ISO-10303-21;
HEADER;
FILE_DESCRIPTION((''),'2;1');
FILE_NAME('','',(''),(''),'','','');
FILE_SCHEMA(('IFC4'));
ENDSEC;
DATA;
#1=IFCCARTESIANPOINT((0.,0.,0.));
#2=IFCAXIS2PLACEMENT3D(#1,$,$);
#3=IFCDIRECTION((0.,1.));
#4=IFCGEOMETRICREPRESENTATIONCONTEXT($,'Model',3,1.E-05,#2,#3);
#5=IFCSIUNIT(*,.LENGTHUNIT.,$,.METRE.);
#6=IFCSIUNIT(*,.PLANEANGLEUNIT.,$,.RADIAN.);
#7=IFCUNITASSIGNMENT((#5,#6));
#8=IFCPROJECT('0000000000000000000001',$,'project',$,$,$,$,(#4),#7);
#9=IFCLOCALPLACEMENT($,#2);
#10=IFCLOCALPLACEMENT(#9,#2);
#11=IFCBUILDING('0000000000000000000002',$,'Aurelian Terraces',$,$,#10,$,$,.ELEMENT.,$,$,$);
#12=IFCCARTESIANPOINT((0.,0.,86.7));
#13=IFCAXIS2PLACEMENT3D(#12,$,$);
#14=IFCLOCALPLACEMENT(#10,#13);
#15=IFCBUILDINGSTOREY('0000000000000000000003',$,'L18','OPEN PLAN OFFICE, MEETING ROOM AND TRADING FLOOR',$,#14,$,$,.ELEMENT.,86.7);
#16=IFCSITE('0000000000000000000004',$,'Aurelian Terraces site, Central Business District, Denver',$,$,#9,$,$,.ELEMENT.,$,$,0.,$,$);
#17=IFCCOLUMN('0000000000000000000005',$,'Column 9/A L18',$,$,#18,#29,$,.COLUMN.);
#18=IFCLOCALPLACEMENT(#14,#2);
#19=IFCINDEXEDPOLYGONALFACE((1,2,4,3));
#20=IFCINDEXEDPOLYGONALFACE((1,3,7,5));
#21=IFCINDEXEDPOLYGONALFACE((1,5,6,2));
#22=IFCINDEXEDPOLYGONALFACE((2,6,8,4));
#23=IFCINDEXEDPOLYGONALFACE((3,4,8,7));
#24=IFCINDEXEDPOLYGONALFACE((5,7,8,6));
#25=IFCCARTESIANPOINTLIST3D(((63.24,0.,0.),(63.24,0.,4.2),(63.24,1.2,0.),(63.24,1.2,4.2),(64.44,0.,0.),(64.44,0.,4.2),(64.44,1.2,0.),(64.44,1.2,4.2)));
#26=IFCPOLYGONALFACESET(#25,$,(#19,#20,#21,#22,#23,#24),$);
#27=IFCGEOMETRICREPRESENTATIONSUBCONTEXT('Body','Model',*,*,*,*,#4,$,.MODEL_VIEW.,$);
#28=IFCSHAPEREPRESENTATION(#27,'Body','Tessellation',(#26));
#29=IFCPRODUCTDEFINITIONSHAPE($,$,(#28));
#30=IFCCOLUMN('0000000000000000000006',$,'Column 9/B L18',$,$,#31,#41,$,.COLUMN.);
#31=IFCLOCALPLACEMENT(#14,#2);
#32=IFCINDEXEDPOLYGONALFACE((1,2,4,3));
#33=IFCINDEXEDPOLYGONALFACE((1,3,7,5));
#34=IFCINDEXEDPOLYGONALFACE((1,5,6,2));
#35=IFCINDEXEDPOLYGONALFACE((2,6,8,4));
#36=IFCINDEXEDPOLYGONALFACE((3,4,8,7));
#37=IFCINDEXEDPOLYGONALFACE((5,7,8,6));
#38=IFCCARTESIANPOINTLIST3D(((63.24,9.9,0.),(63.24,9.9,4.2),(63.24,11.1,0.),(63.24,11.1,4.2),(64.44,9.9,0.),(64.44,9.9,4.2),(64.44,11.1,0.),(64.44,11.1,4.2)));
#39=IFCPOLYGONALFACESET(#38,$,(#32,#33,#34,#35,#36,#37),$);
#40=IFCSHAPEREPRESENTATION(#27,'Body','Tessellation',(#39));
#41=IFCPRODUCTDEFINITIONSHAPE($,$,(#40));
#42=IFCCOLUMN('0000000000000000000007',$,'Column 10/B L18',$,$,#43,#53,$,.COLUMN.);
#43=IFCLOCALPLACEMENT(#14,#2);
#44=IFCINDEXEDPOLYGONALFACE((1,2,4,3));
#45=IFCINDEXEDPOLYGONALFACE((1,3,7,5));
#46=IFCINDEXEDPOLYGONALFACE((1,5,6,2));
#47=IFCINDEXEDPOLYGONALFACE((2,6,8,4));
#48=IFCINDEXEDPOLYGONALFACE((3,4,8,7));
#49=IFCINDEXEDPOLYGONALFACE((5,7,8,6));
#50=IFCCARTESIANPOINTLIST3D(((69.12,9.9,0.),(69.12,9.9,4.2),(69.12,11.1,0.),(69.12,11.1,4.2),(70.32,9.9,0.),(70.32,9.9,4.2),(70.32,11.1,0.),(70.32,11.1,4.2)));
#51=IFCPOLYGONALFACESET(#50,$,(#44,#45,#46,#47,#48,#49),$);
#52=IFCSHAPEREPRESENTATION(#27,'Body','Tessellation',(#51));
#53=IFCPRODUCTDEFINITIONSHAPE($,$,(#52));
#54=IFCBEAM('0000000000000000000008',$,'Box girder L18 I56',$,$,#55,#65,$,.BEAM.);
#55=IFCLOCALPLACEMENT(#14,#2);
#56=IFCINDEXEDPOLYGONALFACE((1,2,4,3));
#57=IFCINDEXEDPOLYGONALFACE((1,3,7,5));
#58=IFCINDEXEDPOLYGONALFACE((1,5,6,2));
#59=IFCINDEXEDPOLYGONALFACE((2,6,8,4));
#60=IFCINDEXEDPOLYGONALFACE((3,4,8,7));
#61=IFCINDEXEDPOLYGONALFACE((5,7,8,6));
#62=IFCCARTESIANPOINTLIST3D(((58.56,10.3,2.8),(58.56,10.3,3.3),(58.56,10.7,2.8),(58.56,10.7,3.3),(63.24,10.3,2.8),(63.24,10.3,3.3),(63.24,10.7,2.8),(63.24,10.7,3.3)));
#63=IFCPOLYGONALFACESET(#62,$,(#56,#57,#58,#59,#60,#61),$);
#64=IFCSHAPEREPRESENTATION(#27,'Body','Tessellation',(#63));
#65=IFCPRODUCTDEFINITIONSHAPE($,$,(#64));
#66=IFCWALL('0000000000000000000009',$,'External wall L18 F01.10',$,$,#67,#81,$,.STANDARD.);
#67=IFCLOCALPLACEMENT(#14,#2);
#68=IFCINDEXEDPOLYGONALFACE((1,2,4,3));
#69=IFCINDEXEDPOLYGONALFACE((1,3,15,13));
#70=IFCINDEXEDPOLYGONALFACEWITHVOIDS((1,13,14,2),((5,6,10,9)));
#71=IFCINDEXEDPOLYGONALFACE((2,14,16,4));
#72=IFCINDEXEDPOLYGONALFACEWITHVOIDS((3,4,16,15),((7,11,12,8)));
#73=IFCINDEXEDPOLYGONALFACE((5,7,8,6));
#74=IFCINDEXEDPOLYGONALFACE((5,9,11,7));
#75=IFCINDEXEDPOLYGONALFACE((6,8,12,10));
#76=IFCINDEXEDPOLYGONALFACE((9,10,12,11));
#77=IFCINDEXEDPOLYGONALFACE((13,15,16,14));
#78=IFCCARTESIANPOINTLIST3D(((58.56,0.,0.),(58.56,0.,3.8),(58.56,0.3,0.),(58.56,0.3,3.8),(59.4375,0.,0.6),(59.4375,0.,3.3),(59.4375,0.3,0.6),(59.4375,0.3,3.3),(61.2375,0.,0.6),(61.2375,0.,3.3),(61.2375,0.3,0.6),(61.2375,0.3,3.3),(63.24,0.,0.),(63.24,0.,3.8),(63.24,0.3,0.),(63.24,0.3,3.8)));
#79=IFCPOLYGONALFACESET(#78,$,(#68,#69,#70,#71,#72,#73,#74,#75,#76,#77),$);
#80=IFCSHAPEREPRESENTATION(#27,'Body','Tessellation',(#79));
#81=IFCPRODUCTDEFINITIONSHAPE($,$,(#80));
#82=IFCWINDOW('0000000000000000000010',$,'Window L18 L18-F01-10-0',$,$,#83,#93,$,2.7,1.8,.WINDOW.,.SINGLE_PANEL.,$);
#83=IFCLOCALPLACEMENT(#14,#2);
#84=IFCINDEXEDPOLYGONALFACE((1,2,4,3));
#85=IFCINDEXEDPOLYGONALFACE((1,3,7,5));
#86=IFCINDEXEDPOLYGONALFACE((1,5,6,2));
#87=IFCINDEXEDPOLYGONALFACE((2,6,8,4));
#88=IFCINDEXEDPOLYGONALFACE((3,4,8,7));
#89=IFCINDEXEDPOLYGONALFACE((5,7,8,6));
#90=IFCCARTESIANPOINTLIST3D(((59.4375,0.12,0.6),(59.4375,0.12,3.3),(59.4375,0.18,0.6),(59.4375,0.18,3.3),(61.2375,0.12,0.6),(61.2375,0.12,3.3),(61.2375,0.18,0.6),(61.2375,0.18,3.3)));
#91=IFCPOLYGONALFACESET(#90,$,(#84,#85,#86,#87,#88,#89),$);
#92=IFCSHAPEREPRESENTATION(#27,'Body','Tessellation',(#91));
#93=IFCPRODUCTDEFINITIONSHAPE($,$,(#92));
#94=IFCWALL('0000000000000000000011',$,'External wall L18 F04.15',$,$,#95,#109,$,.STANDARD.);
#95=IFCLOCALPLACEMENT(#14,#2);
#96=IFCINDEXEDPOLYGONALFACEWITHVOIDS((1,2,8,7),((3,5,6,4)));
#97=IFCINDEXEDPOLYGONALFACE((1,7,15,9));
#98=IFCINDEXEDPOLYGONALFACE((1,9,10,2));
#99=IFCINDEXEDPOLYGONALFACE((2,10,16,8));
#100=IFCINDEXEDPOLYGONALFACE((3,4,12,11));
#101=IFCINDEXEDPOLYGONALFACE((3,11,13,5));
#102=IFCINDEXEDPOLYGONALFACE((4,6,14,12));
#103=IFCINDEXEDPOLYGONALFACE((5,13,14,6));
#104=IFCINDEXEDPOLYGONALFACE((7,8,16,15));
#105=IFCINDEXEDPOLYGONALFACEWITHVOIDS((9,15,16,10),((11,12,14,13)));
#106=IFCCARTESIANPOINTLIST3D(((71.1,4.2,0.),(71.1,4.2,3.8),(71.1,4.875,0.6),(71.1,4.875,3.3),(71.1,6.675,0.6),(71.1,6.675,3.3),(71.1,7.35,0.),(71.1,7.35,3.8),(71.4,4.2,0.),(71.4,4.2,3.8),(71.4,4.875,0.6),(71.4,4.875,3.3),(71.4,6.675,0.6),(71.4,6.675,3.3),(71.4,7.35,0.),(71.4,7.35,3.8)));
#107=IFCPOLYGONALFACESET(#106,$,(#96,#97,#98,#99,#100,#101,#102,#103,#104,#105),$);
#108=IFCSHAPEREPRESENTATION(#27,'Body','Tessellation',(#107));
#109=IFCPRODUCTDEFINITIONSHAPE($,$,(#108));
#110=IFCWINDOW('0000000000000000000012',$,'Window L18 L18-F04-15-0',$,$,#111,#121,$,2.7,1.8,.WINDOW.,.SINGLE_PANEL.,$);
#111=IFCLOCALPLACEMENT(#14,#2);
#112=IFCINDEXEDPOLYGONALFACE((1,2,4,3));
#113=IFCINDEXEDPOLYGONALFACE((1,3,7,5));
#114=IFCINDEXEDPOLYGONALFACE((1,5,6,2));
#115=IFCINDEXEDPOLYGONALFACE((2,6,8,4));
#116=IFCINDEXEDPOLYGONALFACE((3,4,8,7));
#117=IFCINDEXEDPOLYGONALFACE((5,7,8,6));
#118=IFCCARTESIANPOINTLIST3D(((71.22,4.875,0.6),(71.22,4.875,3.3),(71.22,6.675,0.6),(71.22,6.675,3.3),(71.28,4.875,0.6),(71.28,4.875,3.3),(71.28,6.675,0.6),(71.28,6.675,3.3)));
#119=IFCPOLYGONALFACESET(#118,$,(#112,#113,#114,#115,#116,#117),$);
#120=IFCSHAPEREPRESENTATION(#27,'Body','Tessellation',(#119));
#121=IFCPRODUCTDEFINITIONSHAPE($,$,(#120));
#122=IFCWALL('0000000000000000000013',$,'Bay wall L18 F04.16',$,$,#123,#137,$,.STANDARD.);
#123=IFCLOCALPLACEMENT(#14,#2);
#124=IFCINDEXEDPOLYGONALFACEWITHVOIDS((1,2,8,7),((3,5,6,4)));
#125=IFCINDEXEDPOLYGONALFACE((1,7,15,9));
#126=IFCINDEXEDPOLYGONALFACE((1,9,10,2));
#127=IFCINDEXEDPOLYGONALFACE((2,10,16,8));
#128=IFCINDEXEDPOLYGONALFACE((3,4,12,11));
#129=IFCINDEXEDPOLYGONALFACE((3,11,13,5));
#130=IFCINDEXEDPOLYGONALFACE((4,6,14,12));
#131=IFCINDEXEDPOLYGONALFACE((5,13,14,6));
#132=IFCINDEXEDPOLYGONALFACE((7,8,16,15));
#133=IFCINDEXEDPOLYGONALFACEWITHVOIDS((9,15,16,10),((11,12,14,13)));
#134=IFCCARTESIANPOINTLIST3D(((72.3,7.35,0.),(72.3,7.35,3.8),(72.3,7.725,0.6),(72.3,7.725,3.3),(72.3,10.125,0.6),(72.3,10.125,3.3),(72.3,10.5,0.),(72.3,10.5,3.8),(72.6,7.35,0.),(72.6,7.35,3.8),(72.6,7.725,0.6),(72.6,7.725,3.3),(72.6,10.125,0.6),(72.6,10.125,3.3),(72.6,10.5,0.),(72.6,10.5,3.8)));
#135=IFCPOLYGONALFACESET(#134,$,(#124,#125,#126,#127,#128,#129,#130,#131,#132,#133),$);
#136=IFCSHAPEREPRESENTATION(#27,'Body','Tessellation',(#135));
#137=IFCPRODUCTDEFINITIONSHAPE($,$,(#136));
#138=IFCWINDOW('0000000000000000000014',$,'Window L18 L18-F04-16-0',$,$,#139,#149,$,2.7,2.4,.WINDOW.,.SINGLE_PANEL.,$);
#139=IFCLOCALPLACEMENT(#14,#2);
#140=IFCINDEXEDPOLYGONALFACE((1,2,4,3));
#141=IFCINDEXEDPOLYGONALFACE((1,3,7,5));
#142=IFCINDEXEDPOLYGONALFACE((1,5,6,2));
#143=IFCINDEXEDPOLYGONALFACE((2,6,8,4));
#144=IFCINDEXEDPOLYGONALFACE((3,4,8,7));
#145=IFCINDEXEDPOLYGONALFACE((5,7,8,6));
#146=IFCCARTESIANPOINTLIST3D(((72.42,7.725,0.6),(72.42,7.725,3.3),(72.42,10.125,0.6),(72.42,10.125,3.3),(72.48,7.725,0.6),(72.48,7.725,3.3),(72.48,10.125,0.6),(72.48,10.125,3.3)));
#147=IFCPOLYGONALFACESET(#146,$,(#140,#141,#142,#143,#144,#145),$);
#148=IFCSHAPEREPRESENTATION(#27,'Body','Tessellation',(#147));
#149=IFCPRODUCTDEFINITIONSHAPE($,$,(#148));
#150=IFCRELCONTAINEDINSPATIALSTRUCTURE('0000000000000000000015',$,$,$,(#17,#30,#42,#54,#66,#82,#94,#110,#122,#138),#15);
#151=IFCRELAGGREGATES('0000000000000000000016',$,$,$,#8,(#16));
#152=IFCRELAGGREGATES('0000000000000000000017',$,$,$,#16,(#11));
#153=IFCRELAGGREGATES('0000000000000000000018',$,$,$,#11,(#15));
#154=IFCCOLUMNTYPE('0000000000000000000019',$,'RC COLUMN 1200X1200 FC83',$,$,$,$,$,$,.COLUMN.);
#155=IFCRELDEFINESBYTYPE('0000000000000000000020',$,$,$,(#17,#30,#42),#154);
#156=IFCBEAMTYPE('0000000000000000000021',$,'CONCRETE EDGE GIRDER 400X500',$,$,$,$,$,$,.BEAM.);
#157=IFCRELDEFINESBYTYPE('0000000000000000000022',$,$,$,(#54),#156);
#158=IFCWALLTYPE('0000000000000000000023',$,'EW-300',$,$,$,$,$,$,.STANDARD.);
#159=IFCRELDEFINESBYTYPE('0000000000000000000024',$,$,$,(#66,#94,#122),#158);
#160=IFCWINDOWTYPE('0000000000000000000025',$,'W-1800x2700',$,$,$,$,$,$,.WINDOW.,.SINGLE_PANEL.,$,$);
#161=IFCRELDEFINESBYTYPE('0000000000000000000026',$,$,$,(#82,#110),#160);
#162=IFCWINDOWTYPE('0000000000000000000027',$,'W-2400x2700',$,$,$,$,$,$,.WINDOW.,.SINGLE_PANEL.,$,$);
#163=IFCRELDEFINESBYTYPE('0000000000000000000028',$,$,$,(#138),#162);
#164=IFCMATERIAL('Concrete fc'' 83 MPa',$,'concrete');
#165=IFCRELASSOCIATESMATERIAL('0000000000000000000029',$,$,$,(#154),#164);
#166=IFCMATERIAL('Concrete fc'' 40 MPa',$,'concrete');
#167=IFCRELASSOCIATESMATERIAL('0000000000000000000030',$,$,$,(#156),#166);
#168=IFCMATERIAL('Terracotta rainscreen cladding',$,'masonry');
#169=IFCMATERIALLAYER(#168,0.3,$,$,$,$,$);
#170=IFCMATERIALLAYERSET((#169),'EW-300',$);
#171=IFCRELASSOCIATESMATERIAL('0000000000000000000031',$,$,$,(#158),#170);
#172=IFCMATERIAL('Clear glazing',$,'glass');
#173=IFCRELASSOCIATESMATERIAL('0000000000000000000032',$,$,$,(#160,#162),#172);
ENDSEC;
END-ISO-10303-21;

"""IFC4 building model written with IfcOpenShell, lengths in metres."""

from ifc_helpers import new_model, si_unit, direction, frame, frame_2d, origin, origin_2d, place, context, subcontext, project, spatial, rectangle, extrude, source, transform, mapped, material, layer, layer_set, material_profile, profile_set, type_object, element, fill, save


model = new_model("IFC4")

# Units and contexts
model_context = context("Model", 3, precision=1e-05, world=origin(), true_north=direction((0.0, 1.0)))
body_context = subcontext(model_context, "Body", "Model", "MODEL_VIEW")
ifc_project = project(units=[si_unit("LENGTHUNIT", "METRE"), si_unit("PLANEANGLEUNIT", "RADIAN")], contexts=[model_context])

# Site, building, storey
site_placement = place(None, origin())
site = spatial("IfcSite", under=ifc_project, at=site_placement, Name="Aurelian Terraces site, Central Business District, Denver", CompositionType="ELEMENT", RefElevation=0.0)
building_placement = place(site_placement, origin())
building = spatial("IfcBuilding", under=site, at=building_placement, Name="Aurelian Terraces", CompositionType="ELEMENT")
storey_placement = place(building_placement, frame((0.0, 0.0, 86.7)))
storey = spatial("IfcBuildingStorey", under=building, at=storey_placement, Name="L18", Description="OPEN PLAN OFFICE, MEETING ROOM AND TRADING FLOOR", CompositionType="ELEMENT", Elevation=86.7)

# Columns
ifc_material_1 = material(Name="Concrete fc' 83 MPa", Category="concrete")
ifc_material_profile_1 = material_profile(ifc_material_1, rectangle(XDim=1.2, YDim=1.2, at=origin_2d()))
ifc_profile_set_1 = profile_set([ifc_material_profile_1], Name="Concrete fc' 83 MPa")
column_type = type_object("IfcColumnType", Name="RC COLUMN 1200X1200 FC83", PredefinedType="COLUMN", material=ifc_profile_set_1)
shared_shape_1 = source(origin(), body_context, "Body", "SweptSolid", [
    extrude(rectangle(XDim=1.2, YDim=1.2, at=origin_2d()), origin(), (0.0, 0.0, 1.0), 4.2),
])
for number, where, z_axis, x_axis, name in (
    (1, (63.84, 0.6, 0.0), (0.0, 0.0, 1.0), (1.0, 0.0, 0.0), "Column 9/A L18"),
    (2, (63.84, 10.5, 0.0), (0.0, 0.0, 1.0), (1.0, 0.0, 0.0), "Column 9/B L18"),
    (3, (69.72, 10.5, 0.0), (0.0, 0.0, 1.0), (1.0, 0.0, 0.0), "Column 10/B L18"),
):
    element("IfcColumn", number, at=place(storey_placement, frame(where, z_axis=z_axis, x_axis=x_axis)), inside=storey, type_object=column_type, Name=name, PredefinedType="COLUMN", context=body_context, shape_type="MappedRepresentation", body=[
        mapped(shared_shape_1, transform((0.0, 0.0, 0.0), scale=1.0)),
    ])

# Beam
ifc_material_2 = material(Name="Concrete fc' 40 MPa", Category="concrete")
ifc_material_profile_2 = material_profile(ifc_material_2, rectangle(XDim=0.4, YDim=0.5, at=origin_2d()))
ifc_profile_set_2 = profile_set([ifc_material_profile_2], Name="Concrete fc' 40 MPa")
beam_type = type_object("IfcBeamType", Name="CONCRETE EDGE GIRDER 400X500", PredefinedType="BEAM", material=ifc_profile_set_2)
shared_shape_2 = source(origin(), body_context, "Body", "SweptSolid", [
    extrude(rectangle(XDim=0.4, YDim=0.5, at=origin_2d()), origin(), (0.0, 0.0, 1.0), 4.68),
])
beam_placement = place(storey_placement, frame((58.56, 10.5, 3.05), z_axis=(1.0, 0.0, 0.0), x_axis=(0.0, 1.0, 0.0)))
element("IfcBeam", 4, at=beam_placement, inside=storey, type_object=beam_type, Name="Box girder L18 I56", PredefinedType="BEAM", context=body_context, shape_type="MappedRepresentation", body=[
    mapped(shared_shape_2, transform((0.0, 0.0, 0.0), scale=1.0)),
])

# Walls, openings, windows
ifc_material_3 = material(Name="Terracotta rainscreen cladding", Category="masonry")
ifc_layer_1 = layer(ifc_material_3, 0.3)
ifc_layer_set_1 = layer_set([ifc_layer_1], Name="EW-300")
wall_type_1 = type_object("IfcWallType", Name="EW-300", PredefinedType="STANDARD", material=ifc_layer_set_1)
shared_shape_3 = source(origin(), body_context, "Body", "SweptSolid", [
    extrude(rectangle(XDim=4.68, YDim=0.3, at=frame_2d((2.34, 0.0))), origin(), (0.0, 0.0, 1.0), 3.8),
])
wall_1_placement = place(storey_placement, frame((58.56, 0.15, 0.0), z_axis=(0.0, 0.0, 1.0), x_axis=(1.0, 0.0, 0.0)))
wall_1 = element("IfcWall", 5, at=wall_1_placement, inside=storey, type_object=wall_type_1, Name="External wall L18 F01.10", PredefinedType="STANDARD", context=body_context, shape_type="MappedRepresentation", body=[
    mapped(shared_shape_3, transform((0.0, 0.0, 0.0), scale=1.0)),
])
shared_shape_4 = source(origin(), body_context, "Body", "SweptSolid", [
    extrude(rectangle(XDim=1.8, YDim=2.7, at=frame_2d((0.9, 1.35))), frame((0.0, 0.16, 0.0), z_axis=(0.0, -1.0, 0.0), x_axis=(1.0, 0.0, 0.0)), (0.0, 0.0, 1.0), 0.32),
])
opening_1_placement = place(wall_1_placement, frame((0.8775, 0.0, 0.6)))
opening_1 = element("IfcOpeningElement", 6, at=opening_1_placement, cuts=wall_1, PredefinedType="OPENING", context=body_context, shape_type="MappedRepresentation", body=[
    mapped(shared_shape_4, transform((0.0, 0.0, 0.0), scale=1.0)),
])
ifc_material_4 = material(Name="Clear glazing", Category="glass")
window_type_1 = type_object("IfcWindowType", Name="W-1800x2700", PartitioningType="SINGLE_PANEL", PredefinedType="WINDOW", material=ifc_material_4)
shared_shape_5 = source(origin(), body_context, "Body", "SweptSolid", [
    extrude(rectangle(XDim=1.8, YDim=2.7, at=frame_2d((0.9, 1.35))), frame((0.0, 0.03, 0.0), z_axis=(0.0, -1.0, 0.0), x_axis=(1.0, 0.0, 0.0)), (0.0, 0.0, 1.0), 0.06),
])
window_1_placement = place(opening_1_placement, origin())
window_1 = element("IfcWindow", 7, at=window_1_placement, inside=storey, type_object=window_type_1, Name="Window L18 L18-F01-10-0", OverallHeight=2.7, OverallWidth=1.8, PartitioningType="SINGLE_PANEL", PredefinedType="WINDOW", context=body_context, shape_type="MappedRepresentation", body=[
    mapped(shared_shape_5, transform((0.0, 0.0, 0.0), scale=1.0)),
])
fill(opening_1, window_1)
shared_shape_6 = source(origin(), body_context, "Body", "SweptSolid", [
    extrude(rectangle(XDim=3.15, YDim=0.3, at=frame_2d((1.575, 0.0))), origin(), (0.0, 0.0, 1.0), 3.8),
])
wall_2_placement = place(storey_placement, frame((71.25, 4.2, 0.0), z_axis=(0.0, 0.0, 1.0), x_axis=(0.0, 1.0, 0.0)))
wall_2 = element("IfcWall", 8, at=wall_2_placement, inside=storey, type_object=wall_type_1, Name="External wall L18 F04.15", PredefinedType="STANDARD", context=body_context, shape_type="MappedRepresentation", body=[
    mapped(shared_shape_6, transform((0.0, 0.0, 0.0), scale=1.0)),
])
opening_2_placement = place(wall_2_placement, frame((0.675, 0.0, 0.6)))
opening_2 = element("IfcOpeningElement", 9, at=opening_2_placement, cuts=wall_2, PredefinedType="OPENING", context=body_context, shape_type="MappedRepresentation", body=[
    mapped(shared_shape_4, transform((0.0, 0.0, 0.0), scale=1.0)),
])
window_2_placement = place(opening_2_placement, origin())
window_2 = element("IfcWindow", 10, at=window_2_placement, inside=storey, type_object=window_type_1, Name="Window L18 L18-F04-15-0", OverallHeight=2.7, OverallWidth=1.8, PartitioningType="SINGLE_PANEL", PredefinedType="WINDOW", context=body_context, shape_type="MappedRepresentation", body=[
    mapped(shared_shape_5, transform((0.0, 0.0, 0.0), scale=1.0)),
])
fill(opening_2, window_2)
wall_3_placement = place(storey_placement, frame((72.45, 7.35, 0.0), z_axis=(0.0, 0.0, 1.0), x_axis=(0.0, 1.0, 0.0)))
wall_3 = element("IfcWall", 11, at=wall_3_placement, inside=storey, type_object=wall_type_1, Name="Bay wall L18 F04.16", PredefinedType="STANDARD", context=body_context, shape_type="MappedRepresentation", body=[
    mapped(shared_shape_6, transform((0.0, 0.0, 0.0), scale=1.0)),
])
shared_shape_7 = source(origin(), body_context, "Body", "SweptSolid", [
    extrude(rectangle(XDim=2.4, YDim=2.7, at=frame_2d((1.2, 1.35))), frame((0.0, 0.16, 0.0), z_axis=(0.0, -1.0, 0.0), x_axis=(1.0, 0.0, 0.0)), (0.0, 0.0, 1.0), 0.32),
])
opening_3_placement = place(wall_3_placement, frame((0.375, 0.0, 0.6)))
opening_3 = element("IfcOpeningElement", 12, at=opening_3_placement, cuts=wall_3, PredefinedType="OPENING", context=body_context, shape_type="MappedRepresentation", body=[
    mapped(shared_shape_7, transform((0.0, 0.0, 0.0), scale=1.0)),
])
window_type_2 = type_object("IfcWindowType", Name="W-2400x2700", PartitioningType="SINGLE_PANEL", PredefinedType="WINDOW", material=ifc_material_4)
shared_shape_8 = source(origin(), body_context, "Body", "SweptSolid", [
    extrude(rectangle(XDim=2.4, YDim=2.7, at=frame_2d((1.2, 1.35))), frame((0.0, 0.03, 0.0), z_axis=(0.0, -1.0, 0.0), x_axis=(1.0, 0.0, 0.0)), (0.0, 0.0, 1.0), 0.06),
])
window_3_placement = place(opening_3_placement, origin())
window_3 = element("IfcWindow", 13, at=window_3_placement, inside=storey, type_object=window_type_2, Name="Window L18 L18-F04-16-0", OverallHeight=2.7, OverallWidth=2.4, PartitioningType="SINGLE_PANEL", PredefinedType="WINDOW", context=body_context, shape_type="MappedRepresentation", body=[
    mapped(shared_shape_8, transform((0.0, 0.0, 0.0), scale=1.0)),
])
fill(opening_3, window_3)

save(model, "model.ifc")
